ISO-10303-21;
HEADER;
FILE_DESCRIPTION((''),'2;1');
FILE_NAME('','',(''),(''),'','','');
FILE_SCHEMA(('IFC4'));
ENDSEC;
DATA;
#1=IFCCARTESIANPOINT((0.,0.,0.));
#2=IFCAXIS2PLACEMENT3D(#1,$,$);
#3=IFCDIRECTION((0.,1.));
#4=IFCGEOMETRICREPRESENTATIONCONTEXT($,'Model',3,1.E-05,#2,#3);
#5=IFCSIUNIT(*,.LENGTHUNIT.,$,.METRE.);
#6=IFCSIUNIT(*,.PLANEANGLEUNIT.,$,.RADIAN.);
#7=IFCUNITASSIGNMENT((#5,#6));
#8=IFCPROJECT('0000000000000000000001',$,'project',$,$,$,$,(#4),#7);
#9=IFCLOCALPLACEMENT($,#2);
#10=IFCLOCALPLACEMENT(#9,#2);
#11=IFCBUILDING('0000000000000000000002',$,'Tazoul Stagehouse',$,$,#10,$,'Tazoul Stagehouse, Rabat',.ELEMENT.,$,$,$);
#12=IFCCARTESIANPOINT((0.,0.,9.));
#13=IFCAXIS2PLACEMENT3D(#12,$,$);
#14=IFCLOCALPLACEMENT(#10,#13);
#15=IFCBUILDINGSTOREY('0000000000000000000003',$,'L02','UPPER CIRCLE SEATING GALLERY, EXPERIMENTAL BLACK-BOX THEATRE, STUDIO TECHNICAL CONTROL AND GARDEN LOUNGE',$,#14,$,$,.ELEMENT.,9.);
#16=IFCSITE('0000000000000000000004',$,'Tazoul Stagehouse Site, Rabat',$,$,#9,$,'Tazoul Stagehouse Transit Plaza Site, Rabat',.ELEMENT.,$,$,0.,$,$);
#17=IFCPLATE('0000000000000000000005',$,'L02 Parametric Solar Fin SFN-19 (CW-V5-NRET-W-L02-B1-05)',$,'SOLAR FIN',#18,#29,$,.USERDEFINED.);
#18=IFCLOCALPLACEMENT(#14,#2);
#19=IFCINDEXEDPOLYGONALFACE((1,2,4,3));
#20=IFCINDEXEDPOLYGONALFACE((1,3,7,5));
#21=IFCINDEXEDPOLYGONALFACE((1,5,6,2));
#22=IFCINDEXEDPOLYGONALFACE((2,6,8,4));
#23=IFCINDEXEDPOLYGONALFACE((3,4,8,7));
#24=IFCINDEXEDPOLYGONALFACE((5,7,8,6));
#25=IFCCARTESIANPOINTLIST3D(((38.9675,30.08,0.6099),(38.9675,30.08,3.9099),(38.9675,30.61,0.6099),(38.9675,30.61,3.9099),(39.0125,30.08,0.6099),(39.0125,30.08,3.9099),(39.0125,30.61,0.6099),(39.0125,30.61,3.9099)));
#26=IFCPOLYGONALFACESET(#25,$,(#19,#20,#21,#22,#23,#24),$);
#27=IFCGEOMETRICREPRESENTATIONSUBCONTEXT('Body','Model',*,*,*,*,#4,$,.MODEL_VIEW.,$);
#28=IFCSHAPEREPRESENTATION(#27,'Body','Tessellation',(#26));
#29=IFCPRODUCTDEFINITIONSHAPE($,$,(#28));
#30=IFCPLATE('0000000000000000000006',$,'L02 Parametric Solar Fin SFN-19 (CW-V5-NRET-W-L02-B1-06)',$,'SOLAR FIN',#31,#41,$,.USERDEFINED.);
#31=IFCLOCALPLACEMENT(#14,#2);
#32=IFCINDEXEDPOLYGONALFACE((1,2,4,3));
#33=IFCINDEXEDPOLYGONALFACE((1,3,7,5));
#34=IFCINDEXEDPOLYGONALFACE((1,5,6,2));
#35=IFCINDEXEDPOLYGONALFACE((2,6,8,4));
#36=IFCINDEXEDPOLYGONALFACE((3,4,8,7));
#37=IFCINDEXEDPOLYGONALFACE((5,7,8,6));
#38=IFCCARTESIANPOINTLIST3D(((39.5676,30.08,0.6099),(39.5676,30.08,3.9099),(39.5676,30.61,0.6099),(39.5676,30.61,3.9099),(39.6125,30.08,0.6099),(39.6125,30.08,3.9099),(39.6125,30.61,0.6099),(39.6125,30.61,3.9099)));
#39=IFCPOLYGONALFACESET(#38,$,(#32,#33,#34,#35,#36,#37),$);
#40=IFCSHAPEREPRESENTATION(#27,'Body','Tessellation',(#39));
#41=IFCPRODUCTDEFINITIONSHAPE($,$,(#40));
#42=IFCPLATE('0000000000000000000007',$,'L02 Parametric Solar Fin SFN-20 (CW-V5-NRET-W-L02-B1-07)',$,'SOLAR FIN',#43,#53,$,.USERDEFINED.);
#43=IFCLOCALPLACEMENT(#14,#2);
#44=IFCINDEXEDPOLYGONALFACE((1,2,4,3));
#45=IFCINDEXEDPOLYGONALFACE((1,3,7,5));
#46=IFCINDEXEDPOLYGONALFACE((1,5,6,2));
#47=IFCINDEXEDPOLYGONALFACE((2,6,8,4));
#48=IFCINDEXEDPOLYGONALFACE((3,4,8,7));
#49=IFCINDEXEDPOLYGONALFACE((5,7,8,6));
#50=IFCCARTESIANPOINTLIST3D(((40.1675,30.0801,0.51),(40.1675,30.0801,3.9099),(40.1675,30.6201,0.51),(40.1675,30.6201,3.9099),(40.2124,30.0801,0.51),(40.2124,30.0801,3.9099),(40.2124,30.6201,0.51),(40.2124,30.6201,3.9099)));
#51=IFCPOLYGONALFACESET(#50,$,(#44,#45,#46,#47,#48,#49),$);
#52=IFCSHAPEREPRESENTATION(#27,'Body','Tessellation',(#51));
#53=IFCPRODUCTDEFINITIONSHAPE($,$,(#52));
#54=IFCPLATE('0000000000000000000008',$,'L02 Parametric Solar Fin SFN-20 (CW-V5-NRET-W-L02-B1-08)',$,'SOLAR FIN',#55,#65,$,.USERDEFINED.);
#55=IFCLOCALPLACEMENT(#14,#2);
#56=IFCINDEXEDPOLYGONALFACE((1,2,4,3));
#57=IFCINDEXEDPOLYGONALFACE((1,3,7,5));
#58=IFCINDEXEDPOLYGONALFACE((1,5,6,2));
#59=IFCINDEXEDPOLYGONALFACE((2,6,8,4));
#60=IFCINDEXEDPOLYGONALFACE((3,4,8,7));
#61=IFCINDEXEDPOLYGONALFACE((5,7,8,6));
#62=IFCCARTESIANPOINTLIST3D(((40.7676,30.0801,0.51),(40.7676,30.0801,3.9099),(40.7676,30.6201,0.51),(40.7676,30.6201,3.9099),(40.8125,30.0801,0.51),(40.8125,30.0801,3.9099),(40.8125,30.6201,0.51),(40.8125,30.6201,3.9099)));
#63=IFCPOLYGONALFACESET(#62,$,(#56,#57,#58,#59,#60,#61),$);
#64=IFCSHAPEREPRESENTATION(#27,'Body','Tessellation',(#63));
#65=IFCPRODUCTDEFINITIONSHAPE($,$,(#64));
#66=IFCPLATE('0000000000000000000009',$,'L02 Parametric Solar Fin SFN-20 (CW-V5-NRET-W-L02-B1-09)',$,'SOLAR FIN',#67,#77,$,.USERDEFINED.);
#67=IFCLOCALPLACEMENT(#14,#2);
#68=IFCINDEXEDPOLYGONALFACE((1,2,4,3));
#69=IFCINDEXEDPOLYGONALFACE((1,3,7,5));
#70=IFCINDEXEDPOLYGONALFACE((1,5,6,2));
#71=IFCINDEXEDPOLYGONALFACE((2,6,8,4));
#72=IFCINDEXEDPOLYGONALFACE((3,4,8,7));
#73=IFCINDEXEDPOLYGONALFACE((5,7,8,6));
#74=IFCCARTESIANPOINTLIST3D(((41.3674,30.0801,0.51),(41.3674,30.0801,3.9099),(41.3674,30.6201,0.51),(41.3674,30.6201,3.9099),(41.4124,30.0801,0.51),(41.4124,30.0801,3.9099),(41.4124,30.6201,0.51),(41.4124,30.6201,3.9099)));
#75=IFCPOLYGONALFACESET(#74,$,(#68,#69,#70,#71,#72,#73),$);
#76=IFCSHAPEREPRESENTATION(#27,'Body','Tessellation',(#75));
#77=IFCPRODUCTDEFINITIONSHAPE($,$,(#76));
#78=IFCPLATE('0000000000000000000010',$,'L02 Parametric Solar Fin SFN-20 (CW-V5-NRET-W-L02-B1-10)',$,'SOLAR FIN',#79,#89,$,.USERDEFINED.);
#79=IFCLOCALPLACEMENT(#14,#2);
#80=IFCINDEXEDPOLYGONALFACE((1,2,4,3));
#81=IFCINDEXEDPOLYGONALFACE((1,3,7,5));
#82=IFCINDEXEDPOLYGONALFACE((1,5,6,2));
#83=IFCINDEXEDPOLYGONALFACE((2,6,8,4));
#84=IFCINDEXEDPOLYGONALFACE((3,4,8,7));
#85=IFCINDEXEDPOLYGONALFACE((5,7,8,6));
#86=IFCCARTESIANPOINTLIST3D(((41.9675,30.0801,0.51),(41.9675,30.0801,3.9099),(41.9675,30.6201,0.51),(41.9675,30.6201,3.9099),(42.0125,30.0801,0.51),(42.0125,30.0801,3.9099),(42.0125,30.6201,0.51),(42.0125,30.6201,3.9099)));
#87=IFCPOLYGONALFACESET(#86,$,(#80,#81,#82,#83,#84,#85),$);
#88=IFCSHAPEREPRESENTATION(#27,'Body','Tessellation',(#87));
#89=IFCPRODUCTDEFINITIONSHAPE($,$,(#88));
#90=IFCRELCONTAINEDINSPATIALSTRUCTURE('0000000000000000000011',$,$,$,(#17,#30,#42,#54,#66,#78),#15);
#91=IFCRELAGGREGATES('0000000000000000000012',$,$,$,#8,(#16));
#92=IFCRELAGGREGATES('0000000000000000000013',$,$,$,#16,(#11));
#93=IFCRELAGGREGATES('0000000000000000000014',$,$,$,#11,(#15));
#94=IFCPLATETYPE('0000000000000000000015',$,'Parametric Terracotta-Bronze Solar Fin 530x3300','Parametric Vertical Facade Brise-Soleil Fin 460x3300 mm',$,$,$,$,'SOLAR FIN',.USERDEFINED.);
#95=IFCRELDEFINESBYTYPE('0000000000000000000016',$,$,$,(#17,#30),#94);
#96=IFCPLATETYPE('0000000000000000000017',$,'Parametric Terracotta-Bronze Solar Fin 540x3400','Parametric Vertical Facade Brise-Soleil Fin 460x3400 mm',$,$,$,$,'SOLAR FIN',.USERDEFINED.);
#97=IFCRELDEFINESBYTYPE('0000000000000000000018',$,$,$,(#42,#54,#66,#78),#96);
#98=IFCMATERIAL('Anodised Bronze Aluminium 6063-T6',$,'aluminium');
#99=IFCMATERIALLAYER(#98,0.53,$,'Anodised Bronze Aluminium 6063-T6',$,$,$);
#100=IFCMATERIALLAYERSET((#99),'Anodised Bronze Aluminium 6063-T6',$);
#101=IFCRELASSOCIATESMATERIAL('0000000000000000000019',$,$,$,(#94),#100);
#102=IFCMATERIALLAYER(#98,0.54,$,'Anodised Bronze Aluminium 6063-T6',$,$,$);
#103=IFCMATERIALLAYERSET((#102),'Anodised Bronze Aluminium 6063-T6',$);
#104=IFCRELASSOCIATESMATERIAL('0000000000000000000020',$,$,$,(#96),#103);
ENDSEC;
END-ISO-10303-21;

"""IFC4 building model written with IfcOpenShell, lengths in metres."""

from ifc_helpers import new_model, si_unit, direction, frame, origin, origin_2d, place, context, subcontext, project, spatial, rectangle, extrude, material, layer, layer_set, type_object, element, save


model = new_model("IFC4")

# Units and contexts
model_context = context("Model", 3, precision=1e-05, world=origin(), true_north=direction((0.0, 1.0)))
body_context = subcontext(model_context, "Body", "Model", "MODEL_VIEW")
ifc_project = project(units=[si_unit("LENGTHUNIT", "METRE"), si_unit("PLANEANGLEUNIT", "RADIAN")], contexts=[model_context])

# Site, building, storey
site_placement = place(None, origin())
site = spatial("IfcSite", under=ifc_project, at=site_placement, Name="Tazoul Stagehouse Site, Rabat", LongName="Tazoul Stagehouse Transit Plaza Site, Rabat", CompositionType="ELEMENT", RefElevation=0.0)
building_placement = place(site_placement, origin())
building = spatial("IfcBuilding", under=site, at=building_placement, Name="Tazoul Stagehouse", LongName="Tazoul Stagehouse, Rabat", CompositionType="ELEMENT")
storey_placement = place(building_placement, frame((0.0, 0.0, 9.0)))
storey = spatial("IfcBuildingStorey", under=building, at=storey_placement, Name="L02", Description="UPPER CIRCLE SEATING GALLERY, EXPERIMENTAL BLACK-BOX THEATRE, STUDIO TECHNICAL CONTROL AND GARDEN LOUNGE", CompositionType="ELEMENT", Elevation=9.0)

# Plates
ifc_material = material(Name="Anodised Bronze Aluminium 6063-T6", Category="aluminium")
ifc_layer_1 = layer(ifc_material, 0.53, Name="Anodised Bronze Aluminium 6063-T6")
ifc_layer_set_1 = layer_set([ifc_layer_1], Name="Anodised Bronze Aluminium 6063-T6")
plate_type_1 = type_object("IfcPlateType", Name="Parametric Terracotta-Bronze Solar Fin 530x3300", Description="Parametric Vertical Facade Brise-Soleil Fin 460x3300 mm", ElementType="SOLAR FIN", PredefinedType="USERDEFINED", material=ifc_layer_set_1)
for number, where, z_axis, x_axis, name in (
    (1, (38.99, 30.345, 0.6099), (0.0, 0.0, 1.0), (1.0, 0.0, 0.0), "L02 Parametric Solar Fin SFN-19 (CW-V5-NRET-W-L02-B1-05)"),
    (2, (39.5901, 30.345, 0.6099), (0.0, 0.0, 1.0), (1.0, 0.0, 0.0), "L02 Parametric Solar Fin SFN-19 (CW-V5-NRET-W-L02-B1-06)"),
):
    element("IfcPlate", number, at=place(storey_placement, frame(where, z_axis=z_axis, x_axis=x_axis)), inside=storey, type_object=plate_type_1, Name=name, ObjectType="SOLAR FIN", PredefinedType="USERDEFINED", context=body_context, shape_type="SweptSolid", body=[
        extrude(rectangle(XDim=0.0449, YDim=0.53, at=origin_2d()), origin(), (0.0, 0.0, 1.0), 3.3),
    ])
ifc_layer_2 = layer(ifc_material, 0.54, Name="Anodised Bronze Aluminium 6063-T6")
ifc_layer_set_2 = layer_set([ifc_layer_2], Name="Anodised Bronze Aluminium 6063-T6")
plate_type_2 = type_object("IfcPlateType", Name="Parametric Terracotta-Bronze Solar Fin 540x3400", Description="Parametric Vertical Facade Brise-Soleil Fin 460x3400 mm", ElementType="SOLAR FIN", PredefinedType="USERDEFINED", material=ifc_layer_set_2)
for number, where, z_axis, x_axis, name in (
    (3, (40.1899, 30.3501, 0.51), (0.0, 0.0, 1.0), (1.0, 0.0, 0.0), "L02 Parametric Solar Fin SFN-20 (CW-V5-NRET-W-L02-B1-07)"),
    (4, (40.79, 30.3501, 0.51), (0.0, 0.0, 1.0), (1.0, 0.0, 0.0), "L02 Parametric Solar Fin SFN-20 (CW-V5-NRET-W-L02-B1-08)"),
    (5, (41.3899, 30.3501, 0.51), (0.0, 0.0, 1.0), (1.0, 0.0, 0.0), "L02 Parametric Solar Fin SFN-20 (CW-V5-NRET-W-L02-B1-09)"),
    (6, (41.99, 30.3501, 0.51), (0.0, 0.0, 1.0), (1.0, 0.0, 0.0), "L02 Parametric Solar Fin SFN-20 (CW-V5-NRET-W-L02-B1-10)"),
):
    element("IfcPlate", number, at=place(storey_placement, frame(where, z_axis=z_axis, x_axis=x_axis)), inside=storey, type_object=plate_type_2, Name=name, ObjectType="SOLAR FIN", PredefinedType="USERDEFINED", context=body_context, shape_type="SweptSolid", body=[
        extrude(rectangle(XDim=0.0449, YDim=0.54, at=origin_2d()), origin(), (0.0, 0.0, 1.0), 3.3999),
    ])

save(model, "model.ifc")
